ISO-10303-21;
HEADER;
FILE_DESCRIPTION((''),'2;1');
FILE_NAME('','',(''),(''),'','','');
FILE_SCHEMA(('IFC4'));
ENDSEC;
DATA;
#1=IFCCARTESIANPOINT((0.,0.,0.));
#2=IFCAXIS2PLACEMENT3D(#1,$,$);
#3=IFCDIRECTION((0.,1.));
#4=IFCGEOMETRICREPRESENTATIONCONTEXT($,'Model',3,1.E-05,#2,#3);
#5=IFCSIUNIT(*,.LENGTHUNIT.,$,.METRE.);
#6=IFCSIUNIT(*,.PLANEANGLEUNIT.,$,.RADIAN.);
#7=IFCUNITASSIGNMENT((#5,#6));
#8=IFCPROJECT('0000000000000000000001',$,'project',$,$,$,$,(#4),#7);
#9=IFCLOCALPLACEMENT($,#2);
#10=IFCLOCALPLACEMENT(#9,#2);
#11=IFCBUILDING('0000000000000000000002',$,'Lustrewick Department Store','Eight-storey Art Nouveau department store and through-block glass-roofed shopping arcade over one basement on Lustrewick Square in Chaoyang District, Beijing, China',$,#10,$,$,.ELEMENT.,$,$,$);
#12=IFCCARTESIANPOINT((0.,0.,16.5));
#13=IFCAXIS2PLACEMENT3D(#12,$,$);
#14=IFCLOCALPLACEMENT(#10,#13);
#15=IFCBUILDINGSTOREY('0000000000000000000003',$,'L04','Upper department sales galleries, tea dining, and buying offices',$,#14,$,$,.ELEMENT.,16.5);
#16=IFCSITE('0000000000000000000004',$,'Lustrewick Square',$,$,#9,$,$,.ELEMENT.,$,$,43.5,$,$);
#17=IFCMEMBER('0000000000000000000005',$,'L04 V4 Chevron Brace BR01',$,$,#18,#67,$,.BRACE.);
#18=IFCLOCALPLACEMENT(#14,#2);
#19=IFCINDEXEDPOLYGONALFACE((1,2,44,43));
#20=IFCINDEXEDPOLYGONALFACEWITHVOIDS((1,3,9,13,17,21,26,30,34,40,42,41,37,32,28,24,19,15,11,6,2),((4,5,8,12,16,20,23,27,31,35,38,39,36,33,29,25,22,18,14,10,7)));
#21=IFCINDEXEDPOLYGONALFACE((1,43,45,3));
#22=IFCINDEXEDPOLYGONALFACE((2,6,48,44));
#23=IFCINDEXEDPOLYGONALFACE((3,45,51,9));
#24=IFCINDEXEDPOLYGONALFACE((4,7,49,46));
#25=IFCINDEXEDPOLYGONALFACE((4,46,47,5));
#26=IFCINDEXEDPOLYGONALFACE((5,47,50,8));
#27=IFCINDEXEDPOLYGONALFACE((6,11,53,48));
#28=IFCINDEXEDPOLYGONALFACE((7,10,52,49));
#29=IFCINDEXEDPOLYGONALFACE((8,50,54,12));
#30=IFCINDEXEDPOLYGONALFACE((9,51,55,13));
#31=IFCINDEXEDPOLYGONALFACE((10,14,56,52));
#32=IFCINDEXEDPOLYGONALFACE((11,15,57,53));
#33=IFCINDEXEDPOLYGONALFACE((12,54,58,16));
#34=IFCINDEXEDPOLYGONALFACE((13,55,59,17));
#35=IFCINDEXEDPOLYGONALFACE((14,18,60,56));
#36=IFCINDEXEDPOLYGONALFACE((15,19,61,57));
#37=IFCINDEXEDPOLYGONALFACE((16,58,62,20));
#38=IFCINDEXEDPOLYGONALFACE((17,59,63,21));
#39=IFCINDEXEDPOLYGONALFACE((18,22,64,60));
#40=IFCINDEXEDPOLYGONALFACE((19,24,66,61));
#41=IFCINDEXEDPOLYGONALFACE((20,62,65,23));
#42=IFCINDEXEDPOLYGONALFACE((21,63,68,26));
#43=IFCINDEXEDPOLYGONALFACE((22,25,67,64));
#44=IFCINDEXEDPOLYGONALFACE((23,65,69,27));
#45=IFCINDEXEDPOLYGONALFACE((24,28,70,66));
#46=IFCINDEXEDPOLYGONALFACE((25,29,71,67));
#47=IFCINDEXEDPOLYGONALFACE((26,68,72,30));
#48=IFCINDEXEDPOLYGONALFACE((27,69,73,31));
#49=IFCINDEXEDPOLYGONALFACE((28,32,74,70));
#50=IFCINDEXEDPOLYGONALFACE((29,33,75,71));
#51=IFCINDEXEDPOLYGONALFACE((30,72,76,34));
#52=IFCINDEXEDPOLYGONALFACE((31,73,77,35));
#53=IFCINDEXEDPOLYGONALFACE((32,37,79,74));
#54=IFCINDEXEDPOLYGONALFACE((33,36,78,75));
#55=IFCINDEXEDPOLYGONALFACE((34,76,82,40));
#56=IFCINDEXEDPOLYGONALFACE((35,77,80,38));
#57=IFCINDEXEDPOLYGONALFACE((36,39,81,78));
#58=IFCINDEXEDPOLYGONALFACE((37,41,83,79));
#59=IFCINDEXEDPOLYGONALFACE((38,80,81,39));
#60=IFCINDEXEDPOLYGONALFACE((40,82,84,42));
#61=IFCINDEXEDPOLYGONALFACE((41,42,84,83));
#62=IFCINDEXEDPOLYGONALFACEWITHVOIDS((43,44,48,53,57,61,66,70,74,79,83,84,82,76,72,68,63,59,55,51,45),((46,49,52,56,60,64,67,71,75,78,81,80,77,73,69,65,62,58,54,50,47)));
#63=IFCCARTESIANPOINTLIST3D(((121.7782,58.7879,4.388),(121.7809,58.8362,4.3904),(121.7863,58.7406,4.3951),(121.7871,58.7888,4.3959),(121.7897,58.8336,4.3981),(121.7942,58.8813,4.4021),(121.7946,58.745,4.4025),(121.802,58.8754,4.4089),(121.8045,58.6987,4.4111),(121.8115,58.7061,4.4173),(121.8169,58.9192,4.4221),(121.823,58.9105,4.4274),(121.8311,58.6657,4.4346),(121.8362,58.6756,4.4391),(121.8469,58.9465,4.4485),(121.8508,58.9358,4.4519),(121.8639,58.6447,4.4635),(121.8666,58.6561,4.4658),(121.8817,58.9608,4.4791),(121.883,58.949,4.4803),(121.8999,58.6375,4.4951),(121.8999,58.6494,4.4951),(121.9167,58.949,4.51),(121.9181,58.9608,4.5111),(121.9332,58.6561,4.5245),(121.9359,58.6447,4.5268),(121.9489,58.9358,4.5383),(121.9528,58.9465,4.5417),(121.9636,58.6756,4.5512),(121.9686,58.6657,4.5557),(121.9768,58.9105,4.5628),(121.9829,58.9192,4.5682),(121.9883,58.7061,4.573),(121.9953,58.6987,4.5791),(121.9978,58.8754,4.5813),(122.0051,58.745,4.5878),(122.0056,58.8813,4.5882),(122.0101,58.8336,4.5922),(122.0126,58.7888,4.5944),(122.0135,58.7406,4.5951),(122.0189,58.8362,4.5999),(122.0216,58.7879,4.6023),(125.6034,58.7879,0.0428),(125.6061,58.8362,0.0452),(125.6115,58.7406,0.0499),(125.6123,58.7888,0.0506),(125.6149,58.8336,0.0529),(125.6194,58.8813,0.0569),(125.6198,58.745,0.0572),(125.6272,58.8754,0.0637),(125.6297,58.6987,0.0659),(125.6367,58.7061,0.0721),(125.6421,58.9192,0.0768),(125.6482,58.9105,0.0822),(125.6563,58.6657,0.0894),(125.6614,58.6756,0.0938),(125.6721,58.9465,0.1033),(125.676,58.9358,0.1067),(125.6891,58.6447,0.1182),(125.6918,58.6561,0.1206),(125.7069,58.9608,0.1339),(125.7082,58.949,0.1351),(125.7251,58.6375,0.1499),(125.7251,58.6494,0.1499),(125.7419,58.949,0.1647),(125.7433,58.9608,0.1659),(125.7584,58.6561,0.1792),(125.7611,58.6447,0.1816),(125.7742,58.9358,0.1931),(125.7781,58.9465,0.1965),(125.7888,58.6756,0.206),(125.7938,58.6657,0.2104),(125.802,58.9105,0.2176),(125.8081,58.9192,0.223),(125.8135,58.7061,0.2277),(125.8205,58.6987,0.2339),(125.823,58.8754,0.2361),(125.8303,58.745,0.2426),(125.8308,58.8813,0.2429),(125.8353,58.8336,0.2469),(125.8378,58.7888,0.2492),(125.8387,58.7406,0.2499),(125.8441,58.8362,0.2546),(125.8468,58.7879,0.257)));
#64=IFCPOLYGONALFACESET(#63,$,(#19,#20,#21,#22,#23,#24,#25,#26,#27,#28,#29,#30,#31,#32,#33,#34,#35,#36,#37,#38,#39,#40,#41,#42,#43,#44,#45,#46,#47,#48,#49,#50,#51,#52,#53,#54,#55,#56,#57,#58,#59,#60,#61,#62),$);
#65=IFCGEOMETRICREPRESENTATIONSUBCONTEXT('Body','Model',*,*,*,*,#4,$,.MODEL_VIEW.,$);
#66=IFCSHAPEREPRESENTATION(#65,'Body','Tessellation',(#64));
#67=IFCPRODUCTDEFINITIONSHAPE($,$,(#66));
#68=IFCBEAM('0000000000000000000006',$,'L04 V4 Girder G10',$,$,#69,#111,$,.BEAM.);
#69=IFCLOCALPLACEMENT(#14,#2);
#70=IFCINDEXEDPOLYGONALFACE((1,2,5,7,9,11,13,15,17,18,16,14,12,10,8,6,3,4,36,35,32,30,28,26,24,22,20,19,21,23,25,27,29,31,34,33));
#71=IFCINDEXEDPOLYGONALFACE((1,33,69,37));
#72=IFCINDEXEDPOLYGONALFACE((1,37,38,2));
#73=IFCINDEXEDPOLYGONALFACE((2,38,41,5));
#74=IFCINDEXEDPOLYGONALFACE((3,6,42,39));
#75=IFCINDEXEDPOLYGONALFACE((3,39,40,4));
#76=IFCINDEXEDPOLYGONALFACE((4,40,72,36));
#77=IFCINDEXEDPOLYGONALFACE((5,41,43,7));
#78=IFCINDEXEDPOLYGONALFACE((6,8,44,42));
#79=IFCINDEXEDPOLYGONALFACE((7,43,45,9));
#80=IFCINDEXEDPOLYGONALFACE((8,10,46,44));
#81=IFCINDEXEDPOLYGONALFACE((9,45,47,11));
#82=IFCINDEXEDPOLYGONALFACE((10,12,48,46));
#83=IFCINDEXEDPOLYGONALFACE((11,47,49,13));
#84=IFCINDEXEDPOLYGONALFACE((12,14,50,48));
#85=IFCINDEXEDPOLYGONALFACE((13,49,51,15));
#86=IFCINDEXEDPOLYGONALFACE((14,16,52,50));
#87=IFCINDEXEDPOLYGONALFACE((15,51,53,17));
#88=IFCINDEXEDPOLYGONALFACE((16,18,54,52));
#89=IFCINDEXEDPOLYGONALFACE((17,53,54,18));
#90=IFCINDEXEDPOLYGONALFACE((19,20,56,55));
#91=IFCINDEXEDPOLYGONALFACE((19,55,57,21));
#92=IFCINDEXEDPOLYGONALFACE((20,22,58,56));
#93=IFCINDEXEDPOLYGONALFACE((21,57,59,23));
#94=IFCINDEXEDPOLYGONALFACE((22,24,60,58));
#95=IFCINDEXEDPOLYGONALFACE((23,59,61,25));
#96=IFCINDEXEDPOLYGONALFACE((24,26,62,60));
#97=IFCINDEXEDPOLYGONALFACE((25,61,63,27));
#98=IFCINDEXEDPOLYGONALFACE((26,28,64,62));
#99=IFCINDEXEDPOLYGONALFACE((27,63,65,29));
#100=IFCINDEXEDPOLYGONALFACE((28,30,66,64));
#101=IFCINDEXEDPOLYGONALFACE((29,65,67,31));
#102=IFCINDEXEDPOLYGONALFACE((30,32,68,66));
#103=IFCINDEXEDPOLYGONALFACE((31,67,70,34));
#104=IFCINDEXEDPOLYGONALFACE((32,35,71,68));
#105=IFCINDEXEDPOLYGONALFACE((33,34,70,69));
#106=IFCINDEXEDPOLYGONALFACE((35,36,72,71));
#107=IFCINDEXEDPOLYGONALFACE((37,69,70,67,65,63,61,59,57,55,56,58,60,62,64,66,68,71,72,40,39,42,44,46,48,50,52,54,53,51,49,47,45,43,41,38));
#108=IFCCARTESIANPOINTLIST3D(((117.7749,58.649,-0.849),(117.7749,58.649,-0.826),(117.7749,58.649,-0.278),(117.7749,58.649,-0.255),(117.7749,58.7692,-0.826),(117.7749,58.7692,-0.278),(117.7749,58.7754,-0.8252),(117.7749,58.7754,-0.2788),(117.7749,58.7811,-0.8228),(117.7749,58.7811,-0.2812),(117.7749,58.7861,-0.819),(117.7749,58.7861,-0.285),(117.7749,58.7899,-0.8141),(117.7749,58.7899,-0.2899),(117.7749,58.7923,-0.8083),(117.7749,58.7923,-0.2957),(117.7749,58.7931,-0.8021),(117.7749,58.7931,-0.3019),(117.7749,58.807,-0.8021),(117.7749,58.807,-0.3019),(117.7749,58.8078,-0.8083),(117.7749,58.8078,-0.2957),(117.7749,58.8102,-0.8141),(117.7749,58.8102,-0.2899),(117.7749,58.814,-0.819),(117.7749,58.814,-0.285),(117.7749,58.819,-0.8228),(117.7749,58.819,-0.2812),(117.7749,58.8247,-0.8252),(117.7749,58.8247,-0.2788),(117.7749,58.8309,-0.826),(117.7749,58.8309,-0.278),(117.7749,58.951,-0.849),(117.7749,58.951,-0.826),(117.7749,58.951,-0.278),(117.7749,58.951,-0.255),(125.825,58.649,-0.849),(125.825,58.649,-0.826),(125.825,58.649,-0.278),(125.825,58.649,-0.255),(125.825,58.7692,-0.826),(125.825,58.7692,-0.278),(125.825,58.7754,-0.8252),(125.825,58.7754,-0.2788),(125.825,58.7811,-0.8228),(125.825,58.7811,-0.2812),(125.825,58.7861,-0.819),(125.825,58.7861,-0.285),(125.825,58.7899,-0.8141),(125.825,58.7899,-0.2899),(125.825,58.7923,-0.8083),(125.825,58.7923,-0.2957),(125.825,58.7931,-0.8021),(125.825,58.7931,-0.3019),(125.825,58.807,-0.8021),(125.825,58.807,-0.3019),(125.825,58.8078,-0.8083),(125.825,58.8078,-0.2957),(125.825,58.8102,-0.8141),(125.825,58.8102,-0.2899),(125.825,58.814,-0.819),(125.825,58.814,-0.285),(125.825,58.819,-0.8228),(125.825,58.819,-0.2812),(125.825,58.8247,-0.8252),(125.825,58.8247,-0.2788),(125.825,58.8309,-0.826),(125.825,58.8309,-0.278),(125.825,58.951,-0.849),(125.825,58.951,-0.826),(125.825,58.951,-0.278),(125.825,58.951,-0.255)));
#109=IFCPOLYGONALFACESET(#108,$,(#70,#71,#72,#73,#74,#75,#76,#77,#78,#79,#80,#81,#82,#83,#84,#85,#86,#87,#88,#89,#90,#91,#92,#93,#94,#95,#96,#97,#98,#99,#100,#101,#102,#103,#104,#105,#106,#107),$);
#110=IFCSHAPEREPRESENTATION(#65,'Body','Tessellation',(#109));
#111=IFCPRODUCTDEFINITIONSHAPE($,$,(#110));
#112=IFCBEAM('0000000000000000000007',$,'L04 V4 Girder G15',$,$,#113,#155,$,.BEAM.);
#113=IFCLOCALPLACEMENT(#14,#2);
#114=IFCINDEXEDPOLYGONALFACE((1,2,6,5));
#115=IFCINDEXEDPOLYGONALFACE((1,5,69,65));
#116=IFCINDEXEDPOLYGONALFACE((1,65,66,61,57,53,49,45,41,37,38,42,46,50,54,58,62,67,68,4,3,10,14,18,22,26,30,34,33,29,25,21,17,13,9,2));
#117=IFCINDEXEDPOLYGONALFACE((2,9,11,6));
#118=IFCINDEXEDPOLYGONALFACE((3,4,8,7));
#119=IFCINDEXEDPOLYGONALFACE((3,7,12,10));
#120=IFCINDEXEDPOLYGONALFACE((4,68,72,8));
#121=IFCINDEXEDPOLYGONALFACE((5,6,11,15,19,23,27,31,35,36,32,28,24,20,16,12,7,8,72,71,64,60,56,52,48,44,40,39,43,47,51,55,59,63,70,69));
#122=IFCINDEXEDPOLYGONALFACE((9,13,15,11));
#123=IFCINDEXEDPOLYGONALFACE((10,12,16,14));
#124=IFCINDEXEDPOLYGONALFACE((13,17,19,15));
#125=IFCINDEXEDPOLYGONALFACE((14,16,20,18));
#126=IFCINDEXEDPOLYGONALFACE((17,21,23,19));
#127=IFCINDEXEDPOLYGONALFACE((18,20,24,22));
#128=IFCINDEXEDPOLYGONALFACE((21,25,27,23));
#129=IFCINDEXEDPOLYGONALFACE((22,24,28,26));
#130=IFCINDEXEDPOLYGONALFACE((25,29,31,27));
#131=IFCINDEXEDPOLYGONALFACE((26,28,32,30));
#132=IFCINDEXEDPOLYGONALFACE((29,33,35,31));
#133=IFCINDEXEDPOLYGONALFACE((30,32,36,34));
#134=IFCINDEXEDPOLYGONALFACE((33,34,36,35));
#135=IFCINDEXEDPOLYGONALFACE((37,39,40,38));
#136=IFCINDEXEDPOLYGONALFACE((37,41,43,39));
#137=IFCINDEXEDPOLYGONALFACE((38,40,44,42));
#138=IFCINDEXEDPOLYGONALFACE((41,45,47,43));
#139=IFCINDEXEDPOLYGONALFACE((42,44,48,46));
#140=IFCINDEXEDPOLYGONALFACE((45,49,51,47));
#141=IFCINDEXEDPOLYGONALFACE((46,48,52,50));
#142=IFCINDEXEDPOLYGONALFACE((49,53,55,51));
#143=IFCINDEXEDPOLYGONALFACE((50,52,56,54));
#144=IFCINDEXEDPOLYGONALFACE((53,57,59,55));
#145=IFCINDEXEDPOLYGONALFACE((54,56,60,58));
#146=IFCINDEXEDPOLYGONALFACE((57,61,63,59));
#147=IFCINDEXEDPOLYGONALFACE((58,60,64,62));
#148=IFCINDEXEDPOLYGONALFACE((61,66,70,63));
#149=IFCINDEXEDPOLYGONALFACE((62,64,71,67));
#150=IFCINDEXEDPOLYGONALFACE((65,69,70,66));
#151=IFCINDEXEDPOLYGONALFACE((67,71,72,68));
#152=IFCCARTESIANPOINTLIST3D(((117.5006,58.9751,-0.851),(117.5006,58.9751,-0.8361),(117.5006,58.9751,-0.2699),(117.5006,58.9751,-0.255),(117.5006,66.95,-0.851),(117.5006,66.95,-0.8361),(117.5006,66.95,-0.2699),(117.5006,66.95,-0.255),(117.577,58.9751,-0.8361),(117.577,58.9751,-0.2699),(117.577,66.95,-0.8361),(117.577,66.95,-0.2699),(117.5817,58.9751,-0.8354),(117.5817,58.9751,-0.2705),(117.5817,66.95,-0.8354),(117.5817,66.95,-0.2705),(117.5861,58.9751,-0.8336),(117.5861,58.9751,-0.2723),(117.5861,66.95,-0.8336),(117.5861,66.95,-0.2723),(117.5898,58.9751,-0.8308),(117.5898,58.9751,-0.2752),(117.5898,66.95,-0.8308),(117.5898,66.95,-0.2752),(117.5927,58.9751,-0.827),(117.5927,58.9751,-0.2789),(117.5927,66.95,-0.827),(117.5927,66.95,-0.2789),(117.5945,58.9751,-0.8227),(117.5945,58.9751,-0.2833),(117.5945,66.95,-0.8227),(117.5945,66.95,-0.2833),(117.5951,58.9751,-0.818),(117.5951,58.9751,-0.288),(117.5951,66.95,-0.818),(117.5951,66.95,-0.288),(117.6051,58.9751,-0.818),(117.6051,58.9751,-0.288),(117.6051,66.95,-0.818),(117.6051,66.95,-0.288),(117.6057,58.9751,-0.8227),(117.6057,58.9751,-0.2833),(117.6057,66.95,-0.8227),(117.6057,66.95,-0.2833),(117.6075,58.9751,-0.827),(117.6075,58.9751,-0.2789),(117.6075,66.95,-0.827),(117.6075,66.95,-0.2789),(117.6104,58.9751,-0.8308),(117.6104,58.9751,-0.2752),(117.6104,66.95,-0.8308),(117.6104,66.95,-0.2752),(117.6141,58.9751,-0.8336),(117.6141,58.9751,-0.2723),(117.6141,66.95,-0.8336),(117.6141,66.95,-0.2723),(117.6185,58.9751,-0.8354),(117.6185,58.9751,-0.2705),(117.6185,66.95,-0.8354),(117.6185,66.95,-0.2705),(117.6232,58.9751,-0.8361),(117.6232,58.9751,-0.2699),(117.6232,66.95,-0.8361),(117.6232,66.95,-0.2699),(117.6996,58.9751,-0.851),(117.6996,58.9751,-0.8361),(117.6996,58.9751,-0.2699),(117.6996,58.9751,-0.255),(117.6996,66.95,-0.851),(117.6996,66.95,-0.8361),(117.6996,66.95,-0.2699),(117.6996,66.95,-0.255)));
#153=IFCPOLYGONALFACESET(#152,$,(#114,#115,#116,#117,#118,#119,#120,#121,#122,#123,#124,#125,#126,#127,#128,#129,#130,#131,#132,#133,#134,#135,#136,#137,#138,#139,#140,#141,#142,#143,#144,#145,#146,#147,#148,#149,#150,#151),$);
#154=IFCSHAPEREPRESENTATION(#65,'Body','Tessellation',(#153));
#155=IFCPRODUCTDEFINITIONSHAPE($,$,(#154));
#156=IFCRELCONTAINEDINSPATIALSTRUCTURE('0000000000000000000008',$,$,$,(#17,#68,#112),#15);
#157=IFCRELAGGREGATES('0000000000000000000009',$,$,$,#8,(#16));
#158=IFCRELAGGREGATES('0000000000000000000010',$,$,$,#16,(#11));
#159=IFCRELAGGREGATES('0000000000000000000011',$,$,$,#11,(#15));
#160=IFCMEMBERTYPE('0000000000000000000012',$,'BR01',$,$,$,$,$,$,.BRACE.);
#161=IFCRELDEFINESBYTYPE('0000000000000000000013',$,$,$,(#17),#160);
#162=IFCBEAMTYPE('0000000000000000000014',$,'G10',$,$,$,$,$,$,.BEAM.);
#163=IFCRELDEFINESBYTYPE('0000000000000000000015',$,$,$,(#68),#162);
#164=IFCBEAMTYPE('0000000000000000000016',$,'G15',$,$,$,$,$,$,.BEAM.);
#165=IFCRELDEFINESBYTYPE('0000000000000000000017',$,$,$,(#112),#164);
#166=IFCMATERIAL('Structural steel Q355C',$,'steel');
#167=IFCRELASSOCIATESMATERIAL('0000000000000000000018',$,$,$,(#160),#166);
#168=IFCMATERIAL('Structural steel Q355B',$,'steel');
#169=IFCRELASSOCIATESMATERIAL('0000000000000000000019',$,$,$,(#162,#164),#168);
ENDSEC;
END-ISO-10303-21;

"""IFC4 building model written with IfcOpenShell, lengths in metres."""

from ifc_helpers import new_model, si_unit, direction, frame, origin, origin_2d, place, context, subcontext, project, spatial, hollow_circle, i_section, extrude, material, material_profile, profile_set, type_object, element, save


model = new_model("IFC4")

# Units and contexts
model_context = context("Model", 3, precision=1e-05, world=origin(), true_north=direction((0.0, 1.0)))
body_context = subcontext(model_context, "Body", "Model", "MODEL_VIEW")
ifc_project = project(units=[si_unit("LENGTHUNIT", "METRE"), si_unit("PLANEANGLEUNIT", "RADIAN")], contexts=[model_context])

# Site, building, storey
site_placement = place(None, origin())
site = spatial("IfcSite", under=ifc_project, at=site_placement, Name="Lustrewick Square", CompositionType="ELEMENT", RefElevation=43.5)
building_placement = place(site_placement, origin())
building = spatial("IfcBuilding", under=site, at=building_placement, Name="Lustrewick Department Store", Description="Eight-storey Art Nouveau department store and through-block glass-roofed shopping arcade over one basement on Lustrewick Square in Chaoyang District, Beijing, China", CompositionType="ELEMENT")
storey_placement = place(building_placement, frame((0.0, 0.0, 16.5)))
storey = spatial("IfcBuildingStorey", under=building, at=storey_placement, Name="L04", Description="Upper department sales galleries, tea dining, and buying offices", CompositionType="ELEMENT", Elevation=16.5)

# Shared definitions
ifc_material_1 = material(Name="Structural steel Q355C", Category="steel")
ifc_material_2 = material(Name="Structural steel Q355B", Category="steel")

# Member
ifc_material_profile_1 = material_profile(ifc_material_1, hollow_circle(Radius=0.1626, WallThickness=0.012, at=origin_2d()), Name="CHS 325x12")
ifc_profile_set_1 = profile_set([ifc_material_profile_1], Name="Structural steel Q355C")
member_type = type_object("IfcMemberType", Name="BR01", PredefinedType="BRACE", material=ifc_profile_set_1)
member_1_placement = place(storey_placement, frame((125.7251, 58.8, 0.1499), z_axis=(-0.660765, 0.0, 0.750593), x_axis=(0.0, -1.0, 0.0)))
element("IfcMember", 1, at=member_1_placement, inside=storey, type_object=member_type, Name="L04 V4 Chevron Brace BR01", PredefinedType="BRACE", context=body_context, shape_type="SweptSolid", body=[
    extrude(hollow_circle(Radius=0.1626, WallThickness=0.012, at=origin_2d()), origin(), (0.0, 0.0, 1.0), 5.7891),
])

# Beams
ifc_material_profile_2 = material_profile(ifc_material_2, i_section(OverallWidth=0.302, OverallDepth=0.594, WebThickness=0.0139, FlangeThickness=0.0229, FilletRadius=0.0239, at=origin_2d()), Name="HM 594x302x14x23")
ifc_profile_set_2 = profile_set([ifc_material_profile_2], Name="Structural steel Q355B")
beam_type_1 = type_object("IfcBeamType", Name="G10", PredefinedType="BEAM", material=ifc_profile_set_2)
beam_1_placement = place(storey_placement, frame((117.7749, 58.8, -0.552), z_axis=(1.0, 0.0, 0.0), x_axis=(0.0, 1.0, 0.0)))
element("IfcBeam", 2, at=beam_1_placement, inside=storey, type_object=beam_type_1, Name="L04 V4 Girder G10", PredefinedType="BEAM", context=body_context, shape_type="SweptSolid", body=[
    extrude(i_section(OverallWidth=0.302, OverallDepth=0.594, WebThickness=0.0139, FlangeThickness=0.0229, FilletRadius=0.0239, at=origin_2d()), origin(), (0.0, 0.0, 1.0), 8.05),
])
ifc_material_profile_3 = material_profile(ifc_material_2, i_section(OverallWidth=0.199, OverallDepth=0.5959, WebThickness=0.01, FlangeThickness=0.0149, FilletRadius=0.0181, at=origin_2d()), Name="HN 596x199x10x15")
ifc_profile_set_3 = profile_set([ifc_material_profile_3], Name="Structural steel Q355B")
beam_type_2 = type_object("IfcBeamType", Name="G15", PredefinedType="BEAM", material=ifc_profile_set_3)
beam_2_placement = place(storey_placement, frame((117.6001, 58.9751, -0.553), z_axis=(0.0, 1.0, 0.0), x_axis=(-1.0, 0.0, 0.0)))
element("IfcBeam", 3, at=beam_2_placement, inside=storey, type_object=beam_type_2, Name="L04 V4 Girder G15", PredefinedType="BEAM", context=body_context, shape_type="SweptSolid", body=[
    extrude(i_section(OverallWidth=0.199, OverallDepth=0.5959, WebThickness=0.01, FlangeThickness=0.0149, FilletRadius=0.0181, at=origin_2d()), origin(), (0.0, 0.0, 1.0), 7.9749),
])

save(model, "model.ifc")
